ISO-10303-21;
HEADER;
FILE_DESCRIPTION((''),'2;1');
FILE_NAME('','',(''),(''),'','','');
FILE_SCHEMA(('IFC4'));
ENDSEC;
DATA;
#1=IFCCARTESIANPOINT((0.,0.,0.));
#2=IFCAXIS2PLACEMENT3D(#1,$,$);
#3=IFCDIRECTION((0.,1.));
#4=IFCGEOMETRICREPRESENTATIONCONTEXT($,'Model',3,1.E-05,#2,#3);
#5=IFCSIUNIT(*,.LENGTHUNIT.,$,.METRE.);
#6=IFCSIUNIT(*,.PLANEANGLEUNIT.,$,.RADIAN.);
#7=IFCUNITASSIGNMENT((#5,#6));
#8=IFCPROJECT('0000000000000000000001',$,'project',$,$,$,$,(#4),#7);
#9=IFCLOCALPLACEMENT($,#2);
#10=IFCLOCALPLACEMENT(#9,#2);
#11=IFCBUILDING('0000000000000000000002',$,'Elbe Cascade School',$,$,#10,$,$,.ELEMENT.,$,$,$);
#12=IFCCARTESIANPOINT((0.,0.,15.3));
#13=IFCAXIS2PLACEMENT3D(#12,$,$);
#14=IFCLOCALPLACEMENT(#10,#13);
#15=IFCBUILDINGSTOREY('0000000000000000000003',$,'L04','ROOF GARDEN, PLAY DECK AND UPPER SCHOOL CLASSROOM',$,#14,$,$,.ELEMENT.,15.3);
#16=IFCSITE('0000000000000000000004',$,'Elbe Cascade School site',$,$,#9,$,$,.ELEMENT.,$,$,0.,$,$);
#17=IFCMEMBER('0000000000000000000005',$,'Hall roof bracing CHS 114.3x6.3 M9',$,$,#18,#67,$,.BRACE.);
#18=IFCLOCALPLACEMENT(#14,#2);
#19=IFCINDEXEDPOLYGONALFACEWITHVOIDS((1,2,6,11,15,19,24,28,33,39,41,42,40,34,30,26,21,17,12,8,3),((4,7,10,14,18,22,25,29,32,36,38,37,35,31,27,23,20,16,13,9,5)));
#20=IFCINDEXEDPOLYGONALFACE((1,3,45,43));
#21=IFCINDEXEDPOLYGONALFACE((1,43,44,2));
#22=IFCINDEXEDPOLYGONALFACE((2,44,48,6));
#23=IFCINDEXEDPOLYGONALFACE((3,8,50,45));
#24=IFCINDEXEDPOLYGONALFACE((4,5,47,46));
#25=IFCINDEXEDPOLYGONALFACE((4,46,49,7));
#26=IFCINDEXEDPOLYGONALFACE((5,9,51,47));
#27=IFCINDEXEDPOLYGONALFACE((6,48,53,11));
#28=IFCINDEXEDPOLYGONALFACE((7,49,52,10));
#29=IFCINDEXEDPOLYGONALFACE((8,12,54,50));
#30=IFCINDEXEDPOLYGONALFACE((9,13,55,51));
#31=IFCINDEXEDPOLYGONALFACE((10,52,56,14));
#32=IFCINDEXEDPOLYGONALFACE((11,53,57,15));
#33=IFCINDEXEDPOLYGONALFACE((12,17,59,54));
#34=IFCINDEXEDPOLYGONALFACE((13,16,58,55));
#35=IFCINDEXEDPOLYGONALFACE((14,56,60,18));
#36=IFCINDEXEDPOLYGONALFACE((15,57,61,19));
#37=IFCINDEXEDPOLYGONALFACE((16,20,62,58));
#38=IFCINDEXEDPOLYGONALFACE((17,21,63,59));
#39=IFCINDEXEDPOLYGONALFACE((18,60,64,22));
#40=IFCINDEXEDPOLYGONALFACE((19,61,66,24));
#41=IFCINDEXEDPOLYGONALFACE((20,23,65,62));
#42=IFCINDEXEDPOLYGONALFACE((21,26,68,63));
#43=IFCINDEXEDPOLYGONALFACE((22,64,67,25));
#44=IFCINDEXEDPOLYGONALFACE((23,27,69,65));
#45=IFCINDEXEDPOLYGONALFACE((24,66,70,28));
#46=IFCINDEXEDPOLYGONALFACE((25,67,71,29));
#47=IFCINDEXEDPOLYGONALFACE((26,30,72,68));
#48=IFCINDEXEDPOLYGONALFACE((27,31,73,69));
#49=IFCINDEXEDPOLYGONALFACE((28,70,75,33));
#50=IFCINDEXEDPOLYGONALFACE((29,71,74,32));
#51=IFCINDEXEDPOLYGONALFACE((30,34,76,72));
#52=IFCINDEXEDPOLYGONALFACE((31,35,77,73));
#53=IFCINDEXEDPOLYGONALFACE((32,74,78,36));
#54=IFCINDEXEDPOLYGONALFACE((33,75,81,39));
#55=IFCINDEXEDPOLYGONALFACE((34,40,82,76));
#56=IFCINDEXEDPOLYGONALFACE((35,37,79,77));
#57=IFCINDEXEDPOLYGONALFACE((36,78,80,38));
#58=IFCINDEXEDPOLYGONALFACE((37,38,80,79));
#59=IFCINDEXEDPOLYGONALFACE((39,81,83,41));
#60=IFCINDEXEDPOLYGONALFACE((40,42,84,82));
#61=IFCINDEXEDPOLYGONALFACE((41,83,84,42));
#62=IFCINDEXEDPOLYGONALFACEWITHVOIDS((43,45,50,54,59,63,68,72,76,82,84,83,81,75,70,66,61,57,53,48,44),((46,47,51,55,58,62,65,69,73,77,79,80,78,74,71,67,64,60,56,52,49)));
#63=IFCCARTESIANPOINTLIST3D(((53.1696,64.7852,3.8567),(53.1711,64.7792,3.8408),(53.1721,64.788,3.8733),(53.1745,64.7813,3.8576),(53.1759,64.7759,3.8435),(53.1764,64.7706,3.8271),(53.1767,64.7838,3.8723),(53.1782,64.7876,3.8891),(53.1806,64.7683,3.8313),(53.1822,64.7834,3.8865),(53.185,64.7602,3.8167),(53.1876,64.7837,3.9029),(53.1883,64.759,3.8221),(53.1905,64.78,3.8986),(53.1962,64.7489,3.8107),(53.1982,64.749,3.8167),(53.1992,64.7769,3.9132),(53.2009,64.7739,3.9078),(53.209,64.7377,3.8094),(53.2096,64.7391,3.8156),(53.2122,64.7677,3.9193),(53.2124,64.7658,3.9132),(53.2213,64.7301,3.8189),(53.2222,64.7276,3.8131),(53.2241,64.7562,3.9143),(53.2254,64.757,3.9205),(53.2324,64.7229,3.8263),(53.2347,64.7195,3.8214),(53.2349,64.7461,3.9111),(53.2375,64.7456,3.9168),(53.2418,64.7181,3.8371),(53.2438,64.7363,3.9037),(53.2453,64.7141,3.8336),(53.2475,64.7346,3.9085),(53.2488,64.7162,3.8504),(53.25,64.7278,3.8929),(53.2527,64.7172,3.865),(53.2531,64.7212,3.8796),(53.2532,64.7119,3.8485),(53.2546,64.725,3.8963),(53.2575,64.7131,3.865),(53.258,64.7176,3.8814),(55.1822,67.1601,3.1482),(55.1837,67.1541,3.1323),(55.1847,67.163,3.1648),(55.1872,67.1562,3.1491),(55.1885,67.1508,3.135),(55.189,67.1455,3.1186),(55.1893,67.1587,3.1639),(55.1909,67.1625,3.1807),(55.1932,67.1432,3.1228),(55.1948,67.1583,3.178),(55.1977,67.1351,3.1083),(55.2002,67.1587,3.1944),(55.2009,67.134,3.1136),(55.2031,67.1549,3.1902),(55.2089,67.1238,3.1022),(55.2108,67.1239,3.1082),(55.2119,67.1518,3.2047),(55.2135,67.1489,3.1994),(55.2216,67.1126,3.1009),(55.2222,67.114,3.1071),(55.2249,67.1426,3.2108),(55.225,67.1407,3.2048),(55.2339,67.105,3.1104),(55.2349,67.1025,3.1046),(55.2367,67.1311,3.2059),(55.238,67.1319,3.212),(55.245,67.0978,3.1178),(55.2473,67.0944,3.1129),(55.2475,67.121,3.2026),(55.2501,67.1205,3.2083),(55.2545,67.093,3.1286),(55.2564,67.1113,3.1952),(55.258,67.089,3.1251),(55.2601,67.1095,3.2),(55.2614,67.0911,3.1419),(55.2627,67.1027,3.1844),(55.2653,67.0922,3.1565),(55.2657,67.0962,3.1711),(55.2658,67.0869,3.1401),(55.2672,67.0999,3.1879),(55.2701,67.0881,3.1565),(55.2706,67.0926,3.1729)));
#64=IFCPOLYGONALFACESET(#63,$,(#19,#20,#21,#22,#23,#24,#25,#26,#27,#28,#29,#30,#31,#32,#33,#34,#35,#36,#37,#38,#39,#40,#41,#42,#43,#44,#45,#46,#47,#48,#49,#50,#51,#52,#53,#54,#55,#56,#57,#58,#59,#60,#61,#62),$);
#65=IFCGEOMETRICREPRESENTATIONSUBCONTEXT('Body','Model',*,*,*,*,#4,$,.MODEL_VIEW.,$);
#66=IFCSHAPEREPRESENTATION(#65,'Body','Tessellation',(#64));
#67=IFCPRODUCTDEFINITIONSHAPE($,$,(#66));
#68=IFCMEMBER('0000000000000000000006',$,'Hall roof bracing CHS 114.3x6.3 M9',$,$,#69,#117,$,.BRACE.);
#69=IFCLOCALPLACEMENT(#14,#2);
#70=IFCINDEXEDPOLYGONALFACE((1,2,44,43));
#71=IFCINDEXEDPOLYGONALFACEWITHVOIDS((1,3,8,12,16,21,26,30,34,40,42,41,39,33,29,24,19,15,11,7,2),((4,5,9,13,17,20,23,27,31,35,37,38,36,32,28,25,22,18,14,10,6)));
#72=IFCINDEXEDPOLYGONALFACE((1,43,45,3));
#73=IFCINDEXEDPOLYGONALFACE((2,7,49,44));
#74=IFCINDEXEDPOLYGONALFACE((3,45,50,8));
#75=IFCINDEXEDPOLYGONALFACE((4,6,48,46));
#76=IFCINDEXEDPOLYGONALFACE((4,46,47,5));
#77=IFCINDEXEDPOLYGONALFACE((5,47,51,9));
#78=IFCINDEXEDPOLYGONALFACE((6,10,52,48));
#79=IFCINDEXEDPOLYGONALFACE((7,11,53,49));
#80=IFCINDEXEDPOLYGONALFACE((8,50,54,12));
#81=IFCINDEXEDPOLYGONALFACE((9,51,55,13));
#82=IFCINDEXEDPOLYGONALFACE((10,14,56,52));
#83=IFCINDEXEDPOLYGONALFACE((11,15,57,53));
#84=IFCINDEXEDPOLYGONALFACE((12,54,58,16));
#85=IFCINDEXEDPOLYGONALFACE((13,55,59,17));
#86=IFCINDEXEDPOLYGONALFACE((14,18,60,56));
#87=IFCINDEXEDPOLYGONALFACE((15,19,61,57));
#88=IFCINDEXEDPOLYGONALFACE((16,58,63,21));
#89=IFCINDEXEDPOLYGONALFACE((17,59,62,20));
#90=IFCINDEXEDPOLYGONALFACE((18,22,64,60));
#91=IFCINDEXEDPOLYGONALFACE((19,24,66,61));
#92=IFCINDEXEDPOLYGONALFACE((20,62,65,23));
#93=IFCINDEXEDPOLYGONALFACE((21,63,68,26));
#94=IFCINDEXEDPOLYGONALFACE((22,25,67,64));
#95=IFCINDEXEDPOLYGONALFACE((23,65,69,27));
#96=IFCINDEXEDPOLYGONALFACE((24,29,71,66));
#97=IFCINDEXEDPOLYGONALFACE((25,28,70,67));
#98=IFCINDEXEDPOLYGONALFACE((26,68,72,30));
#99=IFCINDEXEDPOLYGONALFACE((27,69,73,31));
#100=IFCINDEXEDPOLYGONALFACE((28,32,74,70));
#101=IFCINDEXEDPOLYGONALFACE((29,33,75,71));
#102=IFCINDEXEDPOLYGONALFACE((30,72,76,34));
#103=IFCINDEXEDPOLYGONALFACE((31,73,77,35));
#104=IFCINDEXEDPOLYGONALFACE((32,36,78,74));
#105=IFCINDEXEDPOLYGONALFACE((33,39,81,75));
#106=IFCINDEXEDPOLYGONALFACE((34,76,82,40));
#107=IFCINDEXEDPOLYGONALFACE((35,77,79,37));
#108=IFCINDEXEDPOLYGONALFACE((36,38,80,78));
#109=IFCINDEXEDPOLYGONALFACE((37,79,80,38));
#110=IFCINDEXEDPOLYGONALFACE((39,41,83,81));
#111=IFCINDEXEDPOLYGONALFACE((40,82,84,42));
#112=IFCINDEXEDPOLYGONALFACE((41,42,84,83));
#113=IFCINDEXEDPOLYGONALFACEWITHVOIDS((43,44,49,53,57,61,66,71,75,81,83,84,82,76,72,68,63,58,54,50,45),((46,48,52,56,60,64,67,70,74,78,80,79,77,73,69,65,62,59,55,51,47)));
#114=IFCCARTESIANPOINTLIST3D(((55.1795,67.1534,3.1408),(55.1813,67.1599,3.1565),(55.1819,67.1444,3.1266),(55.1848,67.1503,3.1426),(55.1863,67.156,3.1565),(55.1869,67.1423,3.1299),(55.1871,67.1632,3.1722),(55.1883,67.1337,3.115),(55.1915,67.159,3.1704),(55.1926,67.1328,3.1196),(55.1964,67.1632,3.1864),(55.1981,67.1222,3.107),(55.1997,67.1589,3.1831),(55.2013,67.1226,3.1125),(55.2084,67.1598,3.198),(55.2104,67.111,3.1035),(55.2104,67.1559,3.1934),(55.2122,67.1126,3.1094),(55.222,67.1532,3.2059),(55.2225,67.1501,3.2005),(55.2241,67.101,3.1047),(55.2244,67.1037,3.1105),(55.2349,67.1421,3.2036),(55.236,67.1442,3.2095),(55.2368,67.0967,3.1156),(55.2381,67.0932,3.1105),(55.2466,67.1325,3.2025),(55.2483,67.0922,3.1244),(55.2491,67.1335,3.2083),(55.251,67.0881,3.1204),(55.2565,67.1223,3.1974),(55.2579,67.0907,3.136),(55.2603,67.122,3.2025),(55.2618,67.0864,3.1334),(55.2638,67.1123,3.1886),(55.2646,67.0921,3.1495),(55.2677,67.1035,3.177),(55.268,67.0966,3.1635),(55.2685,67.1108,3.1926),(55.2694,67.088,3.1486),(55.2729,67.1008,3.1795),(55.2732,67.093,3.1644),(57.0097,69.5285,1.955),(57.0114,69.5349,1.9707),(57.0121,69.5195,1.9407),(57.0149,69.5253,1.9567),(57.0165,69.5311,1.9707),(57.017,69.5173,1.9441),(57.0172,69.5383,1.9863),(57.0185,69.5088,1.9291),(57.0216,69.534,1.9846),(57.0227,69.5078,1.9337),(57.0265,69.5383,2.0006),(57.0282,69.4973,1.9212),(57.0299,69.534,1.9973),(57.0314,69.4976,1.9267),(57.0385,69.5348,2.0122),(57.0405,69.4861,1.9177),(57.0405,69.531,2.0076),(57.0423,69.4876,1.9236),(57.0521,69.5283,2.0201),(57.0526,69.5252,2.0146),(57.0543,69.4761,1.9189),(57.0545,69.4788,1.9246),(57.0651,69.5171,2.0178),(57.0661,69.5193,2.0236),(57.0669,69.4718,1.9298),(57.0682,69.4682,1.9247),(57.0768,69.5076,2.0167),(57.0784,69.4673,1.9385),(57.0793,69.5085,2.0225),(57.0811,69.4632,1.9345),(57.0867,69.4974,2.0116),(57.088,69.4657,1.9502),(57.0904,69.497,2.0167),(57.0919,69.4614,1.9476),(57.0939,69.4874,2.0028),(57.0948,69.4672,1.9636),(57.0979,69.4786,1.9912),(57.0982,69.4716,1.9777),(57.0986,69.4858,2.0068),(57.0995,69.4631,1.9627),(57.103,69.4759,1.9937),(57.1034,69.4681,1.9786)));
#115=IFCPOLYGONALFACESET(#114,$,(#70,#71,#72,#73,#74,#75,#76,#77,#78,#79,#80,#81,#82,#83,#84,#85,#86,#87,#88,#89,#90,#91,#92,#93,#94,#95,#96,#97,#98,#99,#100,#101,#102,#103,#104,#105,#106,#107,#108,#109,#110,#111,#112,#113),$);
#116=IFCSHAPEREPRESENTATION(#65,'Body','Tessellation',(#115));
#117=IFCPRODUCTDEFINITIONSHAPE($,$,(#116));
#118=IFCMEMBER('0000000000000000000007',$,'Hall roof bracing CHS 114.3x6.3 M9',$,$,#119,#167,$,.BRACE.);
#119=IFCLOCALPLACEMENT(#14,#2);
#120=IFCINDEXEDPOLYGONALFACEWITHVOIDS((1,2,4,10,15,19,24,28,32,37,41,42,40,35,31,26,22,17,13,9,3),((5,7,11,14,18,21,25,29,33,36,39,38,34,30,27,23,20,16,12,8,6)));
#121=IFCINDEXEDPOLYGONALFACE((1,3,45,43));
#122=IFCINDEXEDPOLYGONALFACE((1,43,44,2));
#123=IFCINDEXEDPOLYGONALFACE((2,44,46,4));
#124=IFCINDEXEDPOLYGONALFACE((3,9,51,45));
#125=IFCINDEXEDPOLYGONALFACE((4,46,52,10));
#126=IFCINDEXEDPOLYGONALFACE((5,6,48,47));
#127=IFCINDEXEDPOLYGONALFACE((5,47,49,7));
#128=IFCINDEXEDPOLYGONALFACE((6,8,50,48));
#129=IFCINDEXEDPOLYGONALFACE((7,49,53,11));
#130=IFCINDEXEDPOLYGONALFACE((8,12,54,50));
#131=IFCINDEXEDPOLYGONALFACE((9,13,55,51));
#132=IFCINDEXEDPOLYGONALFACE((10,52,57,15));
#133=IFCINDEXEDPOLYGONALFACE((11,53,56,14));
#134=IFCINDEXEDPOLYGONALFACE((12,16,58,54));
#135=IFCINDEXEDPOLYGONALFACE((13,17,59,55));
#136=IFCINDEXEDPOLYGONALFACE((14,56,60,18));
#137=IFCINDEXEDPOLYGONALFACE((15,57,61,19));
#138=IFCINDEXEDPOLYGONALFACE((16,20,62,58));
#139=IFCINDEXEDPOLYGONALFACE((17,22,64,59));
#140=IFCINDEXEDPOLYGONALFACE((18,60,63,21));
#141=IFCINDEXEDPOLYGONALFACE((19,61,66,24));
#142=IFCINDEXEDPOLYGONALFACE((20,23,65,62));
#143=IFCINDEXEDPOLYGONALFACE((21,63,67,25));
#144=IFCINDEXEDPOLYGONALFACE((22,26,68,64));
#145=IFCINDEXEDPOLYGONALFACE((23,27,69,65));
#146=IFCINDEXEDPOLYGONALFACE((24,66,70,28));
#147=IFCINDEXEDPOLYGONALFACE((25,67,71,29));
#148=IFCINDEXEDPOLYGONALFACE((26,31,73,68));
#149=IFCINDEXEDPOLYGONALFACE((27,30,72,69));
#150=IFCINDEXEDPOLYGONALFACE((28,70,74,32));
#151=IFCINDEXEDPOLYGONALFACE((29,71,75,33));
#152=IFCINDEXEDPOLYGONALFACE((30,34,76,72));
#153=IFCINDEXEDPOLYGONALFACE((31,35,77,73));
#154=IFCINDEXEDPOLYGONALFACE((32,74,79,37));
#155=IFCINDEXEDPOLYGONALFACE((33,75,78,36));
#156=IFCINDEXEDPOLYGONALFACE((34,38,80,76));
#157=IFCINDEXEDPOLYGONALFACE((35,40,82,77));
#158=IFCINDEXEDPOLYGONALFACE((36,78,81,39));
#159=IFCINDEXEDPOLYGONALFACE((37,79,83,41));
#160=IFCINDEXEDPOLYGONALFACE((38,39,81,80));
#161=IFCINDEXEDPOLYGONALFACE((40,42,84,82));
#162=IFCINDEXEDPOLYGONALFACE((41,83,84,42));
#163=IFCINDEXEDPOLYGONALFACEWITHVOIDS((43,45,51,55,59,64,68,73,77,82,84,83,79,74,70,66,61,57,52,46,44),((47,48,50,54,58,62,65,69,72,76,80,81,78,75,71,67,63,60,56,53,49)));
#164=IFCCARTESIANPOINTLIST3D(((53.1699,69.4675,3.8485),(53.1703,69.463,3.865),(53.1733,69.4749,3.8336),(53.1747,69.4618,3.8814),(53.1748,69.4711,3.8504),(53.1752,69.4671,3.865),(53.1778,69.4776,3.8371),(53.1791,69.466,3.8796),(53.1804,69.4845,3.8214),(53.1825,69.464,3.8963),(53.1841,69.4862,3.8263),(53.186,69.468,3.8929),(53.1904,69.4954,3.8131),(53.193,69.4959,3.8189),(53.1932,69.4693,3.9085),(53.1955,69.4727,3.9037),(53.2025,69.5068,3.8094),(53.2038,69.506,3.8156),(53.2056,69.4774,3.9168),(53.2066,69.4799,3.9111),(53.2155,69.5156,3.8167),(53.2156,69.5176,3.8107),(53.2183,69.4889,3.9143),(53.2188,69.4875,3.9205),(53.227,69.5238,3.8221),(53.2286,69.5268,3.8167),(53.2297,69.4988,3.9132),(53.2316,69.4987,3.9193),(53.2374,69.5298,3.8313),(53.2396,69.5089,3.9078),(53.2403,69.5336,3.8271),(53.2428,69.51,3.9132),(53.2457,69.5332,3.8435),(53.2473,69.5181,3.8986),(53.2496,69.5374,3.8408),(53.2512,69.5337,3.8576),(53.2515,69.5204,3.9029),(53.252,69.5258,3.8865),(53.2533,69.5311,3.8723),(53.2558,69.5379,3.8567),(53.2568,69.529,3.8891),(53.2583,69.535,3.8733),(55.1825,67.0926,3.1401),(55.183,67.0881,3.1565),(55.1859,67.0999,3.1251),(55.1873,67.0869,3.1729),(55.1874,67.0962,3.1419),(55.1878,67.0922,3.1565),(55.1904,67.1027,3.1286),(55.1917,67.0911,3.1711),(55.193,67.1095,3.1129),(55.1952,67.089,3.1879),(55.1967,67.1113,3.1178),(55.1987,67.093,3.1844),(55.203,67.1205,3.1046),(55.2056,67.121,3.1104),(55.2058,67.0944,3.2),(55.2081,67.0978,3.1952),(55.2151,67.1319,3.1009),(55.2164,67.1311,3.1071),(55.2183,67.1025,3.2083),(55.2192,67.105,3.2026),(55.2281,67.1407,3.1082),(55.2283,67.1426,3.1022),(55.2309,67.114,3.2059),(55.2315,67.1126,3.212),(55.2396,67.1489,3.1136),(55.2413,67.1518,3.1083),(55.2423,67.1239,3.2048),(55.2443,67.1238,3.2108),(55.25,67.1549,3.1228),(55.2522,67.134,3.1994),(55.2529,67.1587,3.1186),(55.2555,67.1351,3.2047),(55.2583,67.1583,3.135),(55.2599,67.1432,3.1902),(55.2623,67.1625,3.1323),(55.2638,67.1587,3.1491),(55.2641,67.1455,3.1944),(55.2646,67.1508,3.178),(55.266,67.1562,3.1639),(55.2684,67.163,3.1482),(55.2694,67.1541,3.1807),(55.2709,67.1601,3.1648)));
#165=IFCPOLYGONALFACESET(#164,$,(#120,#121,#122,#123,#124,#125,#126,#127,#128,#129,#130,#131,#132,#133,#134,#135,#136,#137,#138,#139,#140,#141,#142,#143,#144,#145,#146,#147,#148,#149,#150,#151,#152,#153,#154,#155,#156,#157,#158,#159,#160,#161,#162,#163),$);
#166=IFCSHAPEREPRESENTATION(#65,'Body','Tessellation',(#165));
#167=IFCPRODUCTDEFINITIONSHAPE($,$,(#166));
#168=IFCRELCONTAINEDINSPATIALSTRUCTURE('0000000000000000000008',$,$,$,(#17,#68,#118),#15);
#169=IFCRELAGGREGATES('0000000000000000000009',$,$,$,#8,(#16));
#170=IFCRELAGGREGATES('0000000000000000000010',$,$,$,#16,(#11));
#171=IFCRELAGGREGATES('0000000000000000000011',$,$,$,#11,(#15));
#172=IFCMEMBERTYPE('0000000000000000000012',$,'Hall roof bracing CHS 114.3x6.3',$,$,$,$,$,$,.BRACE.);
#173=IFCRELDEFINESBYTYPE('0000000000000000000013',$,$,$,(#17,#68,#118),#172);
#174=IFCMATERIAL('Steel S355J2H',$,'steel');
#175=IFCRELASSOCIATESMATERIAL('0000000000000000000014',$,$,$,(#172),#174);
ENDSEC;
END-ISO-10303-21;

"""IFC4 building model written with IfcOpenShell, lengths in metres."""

from ifc_helpers import new_model, si_unit, direction, frame, origin, origin_2d, place, context, subcontext, project, spatial, hollow_circle, extrude, material, material_profile, profile_set, type_object, element, save


model = new_model("IFC4")

# Units and contexts
model_context = context("Model", 3, precision=1e-05, world=origin(), true_north=direction((0.0, 1.0)))
body_context = subcontext(model_context, "Body", "Model", "MODEL_VIEW")
ifc_project = project(units=[si_unit("LENGTHUNIT", "METRE"), si_unit("PLANEANGLEUNIT", "RADIAN")], contexts=[model_context])

# Site, building, storey
site_placement = place(None, origin())
site = spatial("IfcSite", under=ifc_project, at=site_placement, Name="Elbe Cascade School site", CompositionType="ELEMENT", RefElevation=0.0)
building_placement = place(site_placement, origin())
building = spatial("IfcBuilding", under=site, at=building_placement, Name="Elbe Cascade School", CompositionType="ELEMENT")
storey_placement = place(building_placement, frame((0.0, 0.0, 15.3)))
storey = spatial("IfcBuildingStorey", under=building, at=storey_placement, Name="L04", Description="ROOF GARDEN, PLAY DECK AND UPPER SCHOOL CLASSROOM", CompositionType="ELEMENT", Elevation=15.3)

# Members
ifc_material_1 = material(Name="Steel S355J2H", Category="steel")
ifc_material_profile_1 = material_profile(ifc_material_1, hollow_circle(Radius=0.0571, WallThickness=0.0063, at=origin_2d()), Name="CHS 114.3x6.3")
ifc_profile_set_1 = profile_set([ifc_material_profile_1], Name="Steel S355J2H")
member_type_1 = type_object("IfcMemberType", Name="Hall roof bracing CHS 114.3x6.3", PredefinedType="BRACE", material=ifc_profile_set_1)
member_1_placement = place(storey_placement, frame((55.2266, 67.125, 3.1565), z_axis=(-0.630399, -0.743877, 0.221909), x_axis=(0.762898, -0.646519, 0.0)))
element("IfcMember", 1, at=member_1_placement, inside=storey, type_object=member_type_1, Name="Hall roof bracing CHS 114.3x6.3 M9", PredefinedType="BRACE", context=body_context, shape_type="SweptSolid", body=[
    extrude(hollow_circle(Radius=0.0571, WallThickness=0.0063, at=origin_2d()), origin(), (0.0, 0.0, 1.0), 3.1926),
])
member_2_placement = place(storey_placement, frame((55.2266, 67.125, 3.1565), z_axis=(0.567595, 0.736601, -0.36777), x_axis=(-0.792115, 0.610372, 0.0)))
element("IfcMember", 2, at=member_2_placement, inside=storey, type_object=member_type_1, Name="Hall roof bracing CHS 114.3x6.3 M9", PredefinedType="BRACE", context=body_context, shape_type="SweptSolid", body=[
    extrude(hollow_circle(Radius=0.0571, WallThickness=0.0063, at=origin_2d()), origin(), (0.0, 0.0, 1.0), 3.2244),
])
member_3_placement = place(storey_placement, frame((55.2266, 67.125, 3.1565), z_axis=(-0.630399, 0.743877, 0.221909), x_axis=(-0.762898, -0.646519, 0.0)))
element("IfcMember", 3, at=member_3_placement, inside=storey, type_object=member_type_1, Name="Hall roof bracing CHS 114.3x6.3 M9", PredefinedType="BRACE", context=body_context, shape_type="SweptSolid", body=[
    extrude(hollow_circle(Radius=0.0571, WallThickness=0.0063, at=origin_2d()), origin(), (0.0, 0.0, 1.0), 3.1926),
])

save(model, "model.ifc")
